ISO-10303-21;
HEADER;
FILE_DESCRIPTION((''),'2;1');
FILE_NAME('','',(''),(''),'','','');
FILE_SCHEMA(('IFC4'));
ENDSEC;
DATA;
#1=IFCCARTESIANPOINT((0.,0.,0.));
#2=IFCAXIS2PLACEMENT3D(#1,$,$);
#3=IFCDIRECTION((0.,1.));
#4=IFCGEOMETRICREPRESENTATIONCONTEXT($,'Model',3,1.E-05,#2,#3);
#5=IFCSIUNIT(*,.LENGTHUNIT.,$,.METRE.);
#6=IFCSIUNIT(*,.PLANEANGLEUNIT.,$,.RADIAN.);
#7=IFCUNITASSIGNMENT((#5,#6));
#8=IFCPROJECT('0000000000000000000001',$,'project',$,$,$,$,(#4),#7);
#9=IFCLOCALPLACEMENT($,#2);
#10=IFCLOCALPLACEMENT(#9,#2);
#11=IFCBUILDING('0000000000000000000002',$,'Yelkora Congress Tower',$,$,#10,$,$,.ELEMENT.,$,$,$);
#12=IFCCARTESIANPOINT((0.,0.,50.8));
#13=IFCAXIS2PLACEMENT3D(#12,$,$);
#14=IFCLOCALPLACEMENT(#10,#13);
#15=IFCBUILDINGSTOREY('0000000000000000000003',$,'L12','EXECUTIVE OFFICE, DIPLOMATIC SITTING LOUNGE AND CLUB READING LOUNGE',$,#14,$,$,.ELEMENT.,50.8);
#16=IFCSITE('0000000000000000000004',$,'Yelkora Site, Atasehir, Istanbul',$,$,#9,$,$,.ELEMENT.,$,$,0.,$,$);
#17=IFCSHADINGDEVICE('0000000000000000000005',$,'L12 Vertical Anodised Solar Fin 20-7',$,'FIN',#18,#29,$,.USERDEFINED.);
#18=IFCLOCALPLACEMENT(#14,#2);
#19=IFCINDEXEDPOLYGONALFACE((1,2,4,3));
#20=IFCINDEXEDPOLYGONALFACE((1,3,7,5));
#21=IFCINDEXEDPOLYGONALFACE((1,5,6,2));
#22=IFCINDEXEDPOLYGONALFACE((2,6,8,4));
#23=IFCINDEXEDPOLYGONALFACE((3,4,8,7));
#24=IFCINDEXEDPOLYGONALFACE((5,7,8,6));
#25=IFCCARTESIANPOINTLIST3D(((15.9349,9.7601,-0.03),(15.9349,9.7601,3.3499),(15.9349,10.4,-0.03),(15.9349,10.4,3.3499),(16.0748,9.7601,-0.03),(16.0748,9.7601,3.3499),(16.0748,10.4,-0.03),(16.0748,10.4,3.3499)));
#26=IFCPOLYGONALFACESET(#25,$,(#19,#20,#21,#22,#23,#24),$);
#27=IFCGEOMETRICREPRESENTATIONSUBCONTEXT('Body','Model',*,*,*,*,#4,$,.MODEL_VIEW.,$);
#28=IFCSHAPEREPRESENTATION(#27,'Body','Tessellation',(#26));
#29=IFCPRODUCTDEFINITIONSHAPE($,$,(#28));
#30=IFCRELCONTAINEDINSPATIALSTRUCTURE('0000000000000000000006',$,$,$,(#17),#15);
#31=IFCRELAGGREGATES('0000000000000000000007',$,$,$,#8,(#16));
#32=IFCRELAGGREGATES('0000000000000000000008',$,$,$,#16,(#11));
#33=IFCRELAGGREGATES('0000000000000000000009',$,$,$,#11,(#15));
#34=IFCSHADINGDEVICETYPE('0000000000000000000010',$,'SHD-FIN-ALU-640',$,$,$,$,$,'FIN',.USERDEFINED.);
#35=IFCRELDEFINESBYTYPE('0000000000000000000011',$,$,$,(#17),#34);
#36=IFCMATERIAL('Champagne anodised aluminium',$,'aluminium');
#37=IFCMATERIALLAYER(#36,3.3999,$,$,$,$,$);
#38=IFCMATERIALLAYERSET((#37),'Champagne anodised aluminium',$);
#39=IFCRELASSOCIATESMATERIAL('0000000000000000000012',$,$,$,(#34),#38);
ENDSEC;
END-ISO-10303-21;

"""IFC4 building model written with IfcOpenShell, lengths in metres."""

from ifc_helpers import new_model, si_unit, direction, frame, origin, origin_2d, place, context, subcontext, project, spatial, rectangle, extrude, material, layer, layer_set, type_object, element, save


model = new_model("IFC4")

# Units and contexts
model_context = context("Model", 3, precision=1e-05, world=origin(), true_north=direction((0.0, 1.0)))
body_context = subcontext(model_context, "Body", "Model", "MODEL_VIEW")
ifc_project = project(units=[si_unit("LENGTHUNIT", "METRE"), si_unit("PLANEANGLEUNIT", "RADIAN")], contexts=[model_context])

# Site, building, storey
site_placement = place(None, origin())
site = spatial("IfcSite", under=ifc_project, at=site_placement, Name="Yelkora Site, Atasehir, Istanbul", CompositionType="ELEMENT", RefElevation=0.0)
building_placement = place(site_placement, origin())
building = spatial("IfcBuilding", under=site, at=building_placement, Name="Yelkora Congress Tower", CompositionType="ELEMENT")
storey_placement = place(building_placement, frame((0.0, 0.0, 50.8)))
storey = spatial("IfcBuildingStorey", under=building, at=storey_placement, Name="L12", Description="EXECUTIVE OFFICE, DIPLOMATIC SITTING LOUNGE AND CLUB READING LOUNGE", CompositionType="ELEMENT", Elevation=50.8)

# Shading device
ifc_material_1 = material(Name="Champagne anodised aluminium", Category="aluminium")
ifc_layer_1 = layer(ifc_material_1, 3.3999)
ifc_layer_set_1 = layer_set([ifc_layer_1], Name="Champagne anodised aluminium")
shading_device_type = type_object("IfcShadingDeviceType", Name="SHD-FIN-ALU-640", ElementType="FIN", PredefinedType="USERDEFINED", material=ifc_layer_set_1)
shading_device_placement = place(storey_placement, frame((16.0049, 10.0801, -0.03), z_axis=(0.0, 0.0, 1.0), x_axis=(-1.0, 0.0, 0.0)))
element("IfcShadingDevice", 1, at=shading_device_placement, inside=storey, type_object=shading_device_type, Name="L12 Vertical Anodised Solar Fin 20-7", ObjectType="FIN", PredefinedType="USERDEFINED", context=body_context, shape_type="SweptSolid", body=[
    extrude(rectangle(XDim=0.1399, YDim=0.6399, at=origin_2d()), origin(), (0.0, 0.0, 1.0), 3.3799),
])

save(model, "model.ifc")
